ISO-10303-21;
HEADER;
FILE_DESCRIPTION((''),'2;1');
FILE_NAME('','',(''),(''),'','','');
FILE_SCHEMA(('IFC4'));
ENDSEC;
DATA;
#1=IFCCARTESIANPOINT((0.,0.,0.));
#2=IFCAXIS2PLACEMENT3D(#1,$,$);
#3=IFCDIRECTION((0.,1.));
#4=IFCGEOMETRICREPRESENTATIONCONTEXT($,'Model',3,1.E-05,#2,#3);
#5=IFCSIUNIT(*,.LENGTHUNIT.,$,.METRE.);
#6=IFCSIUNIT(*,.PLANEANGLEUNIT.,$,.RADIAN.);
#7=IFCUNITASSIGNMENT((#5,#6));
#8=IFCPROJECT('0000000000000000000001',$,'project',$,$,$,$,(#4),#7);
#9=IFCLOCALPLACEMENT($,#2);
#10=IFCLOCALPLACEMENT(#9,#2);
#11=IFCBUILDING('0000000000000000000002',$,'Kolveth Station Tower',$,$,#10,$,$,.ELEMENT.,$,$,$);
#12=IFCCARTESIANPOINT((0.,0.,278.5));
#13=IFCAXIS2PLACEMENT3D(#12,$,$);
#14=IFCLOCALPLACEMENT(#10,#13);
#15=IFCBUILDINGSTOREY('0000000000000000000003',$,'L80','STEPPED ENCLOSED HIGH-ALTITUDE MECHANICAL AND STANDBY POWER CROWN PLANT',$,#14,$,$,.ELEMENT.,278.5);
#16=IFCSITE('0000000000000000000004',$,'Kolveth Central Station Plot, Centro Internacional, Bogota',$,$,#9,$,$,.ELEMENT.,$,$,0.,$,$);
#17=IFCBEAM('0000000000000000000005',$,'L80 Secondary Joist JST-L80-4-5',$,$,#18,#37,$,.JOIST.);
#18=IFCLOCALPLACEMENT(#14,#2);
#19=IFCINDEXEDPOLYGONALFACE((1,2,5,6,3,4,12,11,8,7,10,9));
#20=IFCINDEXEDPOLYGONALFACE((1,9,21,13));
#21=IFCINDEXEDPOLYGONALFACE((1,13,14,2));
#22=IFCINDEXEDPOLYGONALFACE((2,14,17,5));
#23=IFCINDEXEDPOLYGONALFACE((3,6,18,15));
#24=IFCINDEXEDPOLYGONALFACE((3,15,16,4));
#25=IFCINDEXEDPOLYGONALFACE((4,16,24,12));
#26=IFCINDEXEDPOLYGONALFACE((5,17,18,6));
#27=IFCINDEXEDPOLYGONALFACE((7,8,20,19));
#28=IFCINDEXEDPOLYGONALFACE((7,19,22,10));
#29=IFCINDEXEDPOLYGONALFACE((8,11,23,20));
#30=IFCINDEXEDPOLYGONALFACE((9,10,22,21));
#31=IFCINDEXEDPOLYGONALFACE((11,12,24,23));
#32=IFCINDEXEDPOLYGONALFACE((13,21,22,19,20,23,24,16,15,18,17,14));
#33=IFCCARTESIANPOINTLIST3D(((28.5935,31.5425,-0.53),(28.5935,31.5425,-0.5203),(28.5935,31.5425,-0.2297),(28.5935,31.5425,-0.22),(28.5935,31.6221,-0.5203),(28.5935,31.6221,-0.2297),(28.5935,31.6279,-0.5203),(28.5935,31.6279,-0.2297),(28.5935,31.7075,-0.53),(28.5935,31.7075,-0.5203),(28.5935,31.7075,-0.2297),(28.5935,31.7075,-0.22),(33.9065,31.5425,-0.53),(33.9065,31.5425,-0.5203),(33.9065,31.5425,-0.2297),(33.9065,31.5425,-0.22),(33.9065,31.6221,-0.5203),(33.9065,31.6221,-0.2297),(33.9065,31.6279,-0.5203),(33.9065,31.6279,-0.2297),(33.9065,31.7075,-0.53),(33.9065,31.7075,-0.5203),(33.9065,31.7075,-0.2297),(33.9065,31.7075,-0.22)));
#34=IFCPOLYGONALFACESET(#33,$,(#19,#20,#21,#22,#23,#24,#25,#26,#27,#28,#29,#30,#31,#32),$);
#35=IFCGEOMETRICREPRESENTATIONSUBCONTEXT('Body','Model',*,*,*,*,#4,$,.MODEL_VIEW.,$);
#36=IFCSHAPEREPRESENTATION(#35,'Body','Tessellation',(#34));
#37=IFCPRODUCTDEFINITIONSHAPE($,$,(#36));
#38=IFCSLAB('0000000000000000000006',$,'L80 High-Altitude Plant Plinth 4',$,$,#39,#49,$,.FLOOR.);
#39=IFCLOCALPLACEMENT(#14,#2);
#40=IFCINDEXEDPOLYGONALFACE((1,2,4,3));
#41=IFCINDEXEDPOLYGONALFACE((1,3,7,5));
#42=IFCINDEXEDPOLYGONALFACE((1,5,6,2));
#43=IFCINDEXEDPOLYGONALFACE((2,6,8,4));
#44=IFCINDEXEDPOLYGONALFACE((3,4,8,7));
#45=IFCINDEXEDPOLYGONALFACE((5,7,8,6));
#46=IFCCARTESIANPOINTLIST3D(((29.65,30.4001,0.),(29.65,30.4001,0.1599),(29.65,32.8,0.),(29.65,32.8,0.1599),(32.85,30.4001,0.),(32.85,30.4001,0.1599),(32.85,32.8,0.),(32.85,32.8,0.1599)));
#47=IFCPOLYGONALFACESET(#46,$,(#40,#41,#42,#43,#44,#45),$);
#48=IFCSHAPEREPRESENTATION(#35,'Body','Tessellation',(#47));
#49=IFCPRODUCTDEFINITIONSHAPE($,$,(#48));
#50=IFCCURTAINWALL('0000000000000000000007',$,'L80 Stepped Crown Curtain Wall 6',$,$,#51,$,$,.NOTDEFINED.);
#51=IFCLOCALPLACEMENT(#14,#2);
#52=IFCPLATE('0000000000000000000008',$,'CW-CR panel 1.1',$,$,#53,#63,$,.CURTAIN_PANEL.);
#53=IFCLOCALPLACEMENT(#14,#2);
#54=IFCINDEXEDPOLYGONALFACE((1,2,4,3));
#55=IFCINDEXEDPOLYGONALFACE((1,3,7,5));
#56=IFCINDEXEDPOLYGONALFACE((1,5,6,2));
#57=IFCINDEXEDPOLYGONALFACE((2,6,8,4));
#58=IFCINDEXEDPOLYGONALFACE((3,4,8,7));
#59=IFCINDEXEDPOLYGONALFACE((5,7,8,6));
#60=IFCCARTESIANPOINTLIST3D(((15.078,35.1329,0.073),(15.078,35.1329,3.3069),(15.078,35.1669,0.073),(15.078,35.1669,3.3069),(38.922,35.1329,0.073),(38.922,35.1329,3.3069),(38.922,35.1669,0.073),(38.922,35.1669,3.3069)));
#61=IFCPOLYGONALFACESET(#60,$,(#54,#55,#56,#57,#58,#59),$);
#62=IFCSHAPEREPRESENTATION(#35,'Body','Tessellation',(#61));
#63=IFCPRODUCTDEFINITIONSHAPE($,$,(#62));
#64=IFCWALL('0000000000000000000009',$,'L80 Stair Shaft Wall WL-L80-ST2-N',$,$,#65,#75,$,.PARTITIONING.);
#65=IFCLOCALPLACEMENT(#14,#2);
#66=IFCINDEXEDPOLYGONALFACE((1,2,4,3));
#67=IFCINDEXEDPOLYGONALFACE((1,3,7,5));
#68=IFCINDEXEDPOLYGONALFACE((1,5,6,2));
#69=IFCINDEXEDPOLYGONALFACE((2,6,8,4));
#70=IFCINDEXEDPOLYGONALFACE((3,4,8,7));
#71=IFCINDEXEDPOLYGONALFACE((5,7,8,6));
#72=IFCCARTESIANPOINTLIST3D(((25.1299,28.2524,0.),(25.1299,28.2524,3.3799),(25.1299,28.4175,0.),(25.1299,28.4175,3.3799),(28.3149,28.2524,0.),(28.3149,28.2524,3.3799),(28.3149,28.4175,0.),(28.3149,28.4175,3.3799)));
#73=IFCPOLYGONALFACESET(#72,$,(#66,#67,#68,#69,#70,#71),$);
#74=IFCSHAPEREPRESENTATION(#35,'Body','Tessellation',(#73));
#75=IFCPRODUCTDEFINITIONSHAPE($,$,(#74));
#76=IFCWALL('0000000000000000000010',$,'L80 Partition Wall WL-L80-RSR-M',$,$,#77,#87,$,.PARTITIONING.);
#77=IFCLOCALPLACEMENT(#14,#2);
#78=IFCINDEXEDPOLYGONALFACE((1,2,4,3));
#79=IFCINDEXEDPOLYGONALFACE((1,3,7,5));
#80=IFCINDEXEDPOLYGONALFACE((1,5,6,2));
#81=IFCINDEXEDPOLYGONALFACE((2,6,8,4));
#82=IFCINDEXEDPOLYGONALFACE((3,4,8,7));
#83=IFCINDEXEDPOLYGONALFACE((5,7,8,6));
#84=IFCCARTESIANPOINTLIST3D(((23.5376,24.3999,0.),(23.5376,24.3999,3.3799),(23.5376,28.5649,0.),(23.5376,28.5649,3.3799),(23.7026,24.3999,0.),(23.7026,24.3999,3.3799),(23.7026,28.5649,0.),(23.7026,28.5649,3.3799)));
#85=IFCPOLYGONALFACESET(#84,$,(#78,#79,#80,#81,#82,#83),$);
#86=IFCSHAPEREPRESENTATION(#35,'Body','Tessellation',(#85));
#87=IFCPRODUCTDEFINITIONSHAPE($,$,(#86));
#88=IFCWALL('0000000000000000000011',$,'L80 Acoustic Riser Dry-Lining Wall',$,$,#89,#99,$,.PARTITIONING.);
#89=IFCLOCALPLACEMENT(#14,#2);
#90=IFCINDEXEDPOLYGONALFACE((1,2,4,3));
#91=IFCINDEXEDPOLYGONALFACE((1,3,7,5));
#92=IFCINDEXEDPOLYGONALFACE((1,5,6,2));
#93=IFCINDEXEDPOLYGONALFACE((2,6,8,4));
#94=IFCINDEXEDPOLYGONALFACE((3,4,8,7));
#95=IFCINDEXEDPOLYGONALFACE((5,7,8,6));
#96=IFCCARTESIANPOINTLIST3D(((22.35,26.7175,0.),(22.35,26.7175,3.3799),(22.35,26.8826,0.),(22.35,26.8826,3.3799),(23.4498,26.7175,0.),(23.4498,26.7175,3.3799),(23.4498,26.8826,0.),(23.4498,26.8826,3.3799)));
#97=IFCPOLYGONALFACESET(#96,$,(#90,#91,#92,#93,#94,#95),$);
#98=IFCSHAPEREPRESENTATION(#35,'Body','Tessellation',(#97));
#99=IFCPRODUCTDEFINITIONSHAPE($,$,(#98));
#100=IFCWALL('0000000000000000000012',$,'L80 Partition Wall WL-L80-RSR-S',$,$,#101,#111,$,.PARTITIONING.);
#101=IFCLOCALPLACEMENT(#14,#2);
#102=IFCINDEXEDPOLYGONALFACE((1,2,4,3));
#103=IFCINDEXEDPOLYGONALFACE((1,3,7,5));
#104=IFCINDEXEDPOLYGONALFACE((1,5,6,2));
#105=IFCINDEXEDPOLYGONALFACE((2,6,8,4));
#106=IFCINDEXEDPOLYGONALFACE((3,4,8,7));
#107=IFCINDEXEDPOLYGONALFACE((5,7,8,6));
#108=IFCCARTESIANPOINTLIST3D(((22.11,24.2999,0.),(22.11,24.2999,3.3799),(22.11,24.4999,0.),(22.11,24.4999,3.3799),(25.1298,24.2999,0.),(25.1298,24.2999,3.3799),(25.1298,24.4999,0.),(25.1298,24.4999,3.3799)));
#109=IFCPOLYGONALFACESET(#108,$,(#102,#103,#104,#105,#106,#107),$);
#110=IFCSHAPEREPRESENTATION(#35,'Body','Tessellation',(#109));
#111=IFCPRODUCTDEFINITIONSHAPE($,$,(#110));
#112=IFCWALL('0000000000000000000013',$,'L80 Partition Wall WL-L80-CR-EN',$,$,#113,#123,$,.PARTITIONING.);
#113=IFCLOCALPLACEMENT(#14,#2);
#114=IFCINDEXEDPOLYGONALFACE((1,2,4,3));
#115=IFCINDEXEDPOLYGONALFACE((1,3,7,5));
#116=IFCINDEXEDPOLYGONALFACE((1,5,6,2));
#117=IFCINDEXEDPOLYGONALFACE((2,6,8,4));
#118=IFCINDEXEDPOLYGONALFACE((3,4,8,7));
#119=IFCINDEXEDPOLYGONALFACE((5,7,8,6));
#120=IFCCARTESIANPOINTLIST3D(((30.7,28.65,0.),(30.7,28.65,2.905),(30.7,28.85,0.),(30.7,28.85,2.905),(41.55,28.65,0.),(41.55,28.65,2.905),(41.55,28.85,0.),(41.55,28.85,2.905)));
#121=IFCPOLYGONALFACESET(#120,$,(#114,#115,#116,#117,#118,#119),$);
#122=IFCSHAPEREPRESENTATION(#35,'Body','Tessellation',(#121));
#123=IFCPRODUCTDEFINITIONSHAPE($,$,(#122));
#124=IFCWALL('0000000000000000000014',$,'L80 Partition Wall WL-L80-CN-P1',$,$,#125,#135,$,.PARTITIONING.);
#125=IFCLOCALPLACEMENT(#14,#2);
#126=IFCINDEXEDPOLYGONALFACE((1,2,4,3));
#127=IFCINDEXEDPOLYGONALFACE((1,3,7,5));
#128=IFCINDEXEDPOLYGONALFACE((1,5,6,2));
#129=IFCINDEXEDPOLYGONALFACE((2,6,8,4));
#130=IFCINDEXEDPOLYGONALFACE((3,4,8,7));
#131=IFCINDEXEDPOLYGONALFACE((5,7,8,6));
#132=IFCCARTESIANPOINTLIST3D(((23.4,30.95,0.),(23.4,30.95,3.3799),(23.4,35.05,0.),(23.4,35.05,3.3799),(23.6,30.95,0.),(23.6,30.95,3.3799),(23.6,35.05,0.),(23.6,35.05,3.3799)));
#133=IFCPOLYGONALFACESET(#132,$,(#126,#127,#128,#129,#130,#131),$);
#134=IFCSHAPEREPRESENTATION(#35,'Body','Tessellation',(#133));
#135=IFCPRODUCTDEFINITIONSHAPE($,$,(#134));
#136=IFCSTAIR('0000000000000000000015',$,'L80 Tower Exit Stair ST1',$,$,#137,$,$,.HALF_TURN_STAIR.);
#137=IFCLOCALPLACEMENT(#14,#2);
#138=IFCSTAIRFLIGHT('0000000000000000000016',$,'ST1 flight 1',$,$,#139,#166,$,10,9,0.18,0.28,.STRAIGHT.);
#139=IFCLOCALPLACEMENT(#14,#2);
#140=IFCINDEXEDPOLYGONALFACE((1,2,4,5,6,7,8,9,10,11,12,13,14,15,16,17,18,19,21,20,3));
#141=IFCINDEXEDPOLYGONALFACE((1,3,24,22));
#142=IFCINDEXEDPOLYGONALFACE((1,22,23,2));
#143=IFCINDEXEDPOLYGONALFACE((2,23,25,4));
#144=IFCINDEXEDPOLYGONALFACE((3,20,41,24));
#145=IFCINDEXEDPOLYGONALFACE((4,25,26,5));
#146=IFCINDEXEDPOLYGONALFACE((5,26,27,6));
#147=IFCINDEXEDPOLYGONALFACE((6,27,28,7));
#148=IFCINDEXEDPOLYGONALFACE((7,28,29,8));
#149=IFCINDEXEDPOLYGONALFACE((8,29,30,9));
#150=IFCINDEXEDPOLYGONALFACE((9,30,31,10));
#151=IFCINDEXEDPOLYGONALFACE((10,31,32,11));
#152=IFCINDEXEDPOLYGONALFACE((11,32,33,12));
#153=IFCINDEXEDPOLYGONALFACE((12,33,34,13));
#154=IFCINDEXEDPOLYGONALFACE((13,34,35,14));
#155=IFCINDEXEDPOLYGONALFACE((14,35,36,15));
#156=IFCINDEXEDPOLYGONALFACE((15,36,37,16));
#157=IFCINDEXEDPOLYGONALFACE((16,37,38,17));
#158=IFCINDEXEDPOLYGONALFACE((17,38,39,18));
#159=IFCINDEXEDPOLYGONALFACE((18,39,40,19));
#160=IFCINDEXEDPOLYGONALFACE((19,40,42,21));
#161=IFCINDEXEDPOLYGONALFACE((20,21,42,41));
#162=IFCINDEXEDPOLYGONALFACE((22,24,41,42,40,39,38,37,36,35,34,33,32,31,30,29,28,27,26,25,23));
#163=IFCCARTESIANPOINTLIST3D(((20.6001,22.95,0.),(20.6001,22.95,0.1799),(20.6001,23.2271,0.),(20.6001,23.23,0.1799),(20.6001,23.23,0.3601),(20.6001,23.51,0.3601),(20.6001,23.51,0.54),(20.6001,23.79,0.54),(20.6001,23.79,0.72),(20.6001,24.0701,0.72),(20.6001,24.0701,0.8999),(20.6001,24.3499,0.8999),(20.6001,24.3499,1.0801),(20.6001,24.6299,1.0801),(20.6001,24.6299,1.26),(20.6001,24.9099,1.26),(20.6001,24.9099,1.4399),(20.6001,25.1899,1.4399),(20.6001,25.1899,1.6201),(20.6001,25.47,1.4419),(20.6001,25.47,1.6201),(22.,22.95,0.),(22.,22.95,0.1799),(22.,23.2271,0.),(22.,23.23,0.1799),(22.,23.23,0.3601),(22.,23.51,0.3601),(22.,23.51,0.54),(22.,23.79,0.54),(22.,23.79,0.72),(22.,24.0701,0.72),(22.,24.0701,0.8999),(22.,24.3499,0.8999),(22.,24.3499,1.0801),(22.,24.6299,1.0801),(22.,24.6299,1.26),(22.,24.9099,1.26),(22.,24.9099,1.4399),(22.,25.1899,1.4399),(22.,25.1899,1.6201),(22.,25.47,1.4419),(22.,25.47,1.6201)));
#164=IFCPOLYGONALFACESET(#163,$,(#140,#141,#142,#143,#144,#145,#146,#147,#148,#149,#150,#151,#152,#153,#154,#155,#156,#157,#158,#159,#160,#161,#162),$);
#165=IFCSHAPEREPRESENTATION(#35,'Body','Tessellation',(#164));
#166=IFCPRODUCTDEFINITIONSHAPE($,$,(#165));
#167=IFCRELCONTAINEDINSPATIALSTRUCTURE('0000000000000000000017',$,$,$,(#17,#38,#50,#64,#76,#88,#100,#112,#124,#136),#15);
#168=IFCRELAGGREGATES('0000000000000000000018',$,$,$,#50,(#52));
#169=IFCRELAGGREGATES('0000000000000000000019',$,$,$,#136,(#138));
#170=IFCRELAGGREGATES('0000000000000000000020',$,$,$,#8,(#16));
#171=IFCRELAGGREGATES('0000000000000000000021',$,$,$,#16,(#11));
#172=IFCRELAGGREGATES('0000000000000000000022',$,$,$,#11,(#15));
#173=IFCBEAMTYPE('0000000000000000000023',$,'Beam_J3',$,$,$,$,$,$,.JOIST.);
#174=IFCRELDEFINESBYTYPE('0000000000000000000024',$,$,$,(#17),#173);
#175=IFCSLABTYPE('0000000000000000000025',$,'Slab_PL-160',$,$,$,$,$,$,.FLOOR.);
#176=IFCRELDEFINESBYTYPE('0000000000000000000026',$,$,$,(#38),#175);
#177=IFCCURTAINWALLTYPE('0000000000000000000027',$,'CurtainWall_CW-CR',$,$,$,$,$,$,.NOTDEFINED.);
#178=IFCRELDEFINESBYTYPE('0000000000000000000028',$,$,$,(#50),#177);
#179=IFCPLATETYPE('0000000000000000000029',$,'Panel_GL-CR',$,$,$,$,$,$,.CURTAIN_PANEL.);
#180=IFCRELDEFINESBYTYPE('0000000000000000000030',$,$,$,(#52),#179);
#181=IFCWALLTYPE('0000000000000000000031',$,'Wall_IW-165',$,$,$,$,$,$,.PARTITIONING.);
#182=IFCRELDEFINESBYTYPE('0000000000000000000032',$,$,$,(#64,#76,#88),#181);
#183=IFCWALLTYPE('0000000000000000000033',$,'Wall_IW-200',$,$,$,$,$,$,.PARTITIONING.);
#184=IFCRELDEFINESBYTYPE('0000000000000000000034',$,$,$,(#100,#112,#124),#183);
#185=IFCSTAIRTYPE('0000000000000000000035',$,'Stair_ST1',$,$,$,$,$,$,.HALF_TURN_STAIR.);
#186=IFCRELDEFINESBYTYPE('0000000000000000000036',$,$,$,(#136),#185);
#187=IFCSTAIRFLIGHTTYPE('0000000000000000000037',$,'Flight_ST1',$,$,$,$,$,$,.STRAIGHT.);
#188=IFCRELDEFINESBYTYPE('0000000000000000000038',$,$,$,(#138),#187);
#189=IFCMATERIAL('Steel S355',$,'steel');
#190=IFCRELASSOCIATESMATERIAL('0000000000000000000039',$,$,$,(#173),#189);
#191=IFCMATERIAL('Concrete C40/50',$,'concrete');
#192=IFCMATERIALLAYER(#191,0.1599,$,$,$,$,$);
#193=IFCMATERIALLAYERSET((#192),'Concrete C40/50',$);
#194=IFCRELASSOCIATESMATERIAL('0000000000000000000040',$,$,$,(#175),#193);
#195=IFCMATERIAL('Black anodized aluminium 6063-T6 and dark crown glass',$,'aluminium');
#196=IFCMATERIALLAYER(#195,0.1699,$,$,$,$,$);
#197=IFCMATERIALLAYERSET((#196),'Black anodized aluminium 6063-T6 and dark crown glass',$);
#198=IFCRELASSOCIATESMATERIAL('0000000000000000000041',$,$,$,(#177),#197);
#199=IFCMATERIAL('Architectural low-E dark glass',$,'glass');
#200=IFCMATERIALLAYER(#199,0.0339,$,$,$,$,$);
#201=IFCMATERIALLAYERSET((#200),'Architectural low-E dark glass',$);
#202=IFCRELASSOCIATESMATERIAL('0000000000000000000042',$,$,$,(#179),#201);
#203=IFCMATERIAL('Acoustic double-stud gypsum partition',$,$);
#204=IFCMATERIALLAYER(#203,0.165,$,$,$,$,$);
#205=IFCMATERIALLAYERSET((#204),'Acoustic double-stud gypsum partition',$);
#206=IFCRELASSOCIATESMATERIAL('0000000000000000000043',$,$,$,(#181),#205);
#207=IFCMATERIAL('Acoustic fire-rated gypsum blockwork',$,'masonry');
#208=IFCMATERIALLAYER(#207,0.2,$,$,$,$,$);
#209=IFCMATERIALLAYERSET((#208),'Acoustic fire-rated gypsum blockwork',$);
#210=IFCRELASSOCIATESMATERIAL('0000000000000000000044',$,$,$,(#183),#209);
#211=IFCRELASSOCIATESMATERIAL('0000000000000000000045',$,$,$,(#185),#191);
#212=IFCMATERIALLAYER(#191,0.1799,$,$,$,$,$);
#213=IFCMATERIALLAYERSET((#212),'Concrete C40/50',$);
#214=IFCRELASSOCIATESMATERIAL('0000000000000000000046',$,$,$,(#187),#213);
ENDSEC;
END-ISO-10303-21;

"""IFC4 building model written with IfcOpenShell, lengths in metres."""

from ifc_helpers import new_model, si_unit, direction, frame, frame_2d, origin, origin_2d, place, context, subcontext, project, spatial, polyline, rectangle, i_section, outline, extrude, source, transform, mapped, material, layer, layer_set, material_profile, profile_set, type_object, element, aggregate, save


model = new_model("IFC4")

# Units and contexts
model_context = context("Model", 3, precision=1e-05, world=origin(), true_north=direction((0.0, 1.0)))
body_context = subcontext(model_context, "Body", "Model", "MODEL_VIEW")
ifc_project = project(units=[si_unit("LENGTHUNIT", "METRE"), si_unit("PLANEANGLEUNIT", "RADIAN")], contexts=[model_context])

# Site, building, storey
site_placement = place(None, origin())
site = spatial("IfcSite", under=ifc_project, at=site_placement, Name="Kolveth Central Station Plot, Centro Internacional, Bogota", CompositionType="ELEMENT", RefElevation=0.0)
building_placement = place(site_placement, origin())
building = spatial("IfcBuilding", under=site, at=building_placement, Name="Kolveth Station Tower", CompositionType="ELEMENT")
storey_placement = place(building_placement, frame((0.0, 0.0, 278.5)))
storey = spatial("IfcBuildingStorey", under=building, at=storey_placement, Name="L80", Description="STEPPED ENCLOSED HIGH-ALTITUDE MECHANICAL AND STANDBY POWER CROWN PLANT", CompositionType="ELEMENT", Elevation=278.5)

# Shared definitions
ifc_material_1 = material(Name="Steel S355", Category="steel")

# Beam
ifc_material_profile_1 = material_profile(ifc_material_1, i_section(OverallWidth=0.165, OverallDepth=0.3101, WebThickness=0.0059, FlangeThickness=0.0098, at=origin_2d()), Name="W310x39")
ifc_profile_set_1 = profile_set([ifc_material_profile_1], Name="Steel S355")
beam_type_1 = type_object("IfcBeamType", Name="Beam_J3", PredefinedType="JOIST", material=ifc_profile_set_1)
shared_shape_1 = source(origin(), body_context, "Body", "SweptSolid", [
    extrude(i_section(OverallWidth=0.165, OverallDepth=0.3101, WebThickness=0.0059, FlangeThickness=0.0098, at=origin_2d()), origin(), (0.0, 0.0, 1.0), 5.313),
])
for number, where, z_axis, x_axis, name in (
    (1, (28.5935, 31.625, -0.375), (1.0, 0.0, 0.0), (0.0, 1.0, 0.0), "L80 Secondary Joist JST-L80-4-5"),
):
    element("IfcBeam", number, at=place(storey_placement, frame(where, z_axis=z_axis, x_axis=x_axis)), inside=storey, type_object=beam_type_1, Name=name, PredefinedType="JOIST", context=body_context, shape_type="MappedRepresentation", body=[
        mapped(shared_shape_1, transform((0.0, 0.0, 0.0), x_axis=(1.0, 0.0, 0.0), y_axis=(0.0, 1.0, 0.0), z_axis=(0.0, 0.0, 1.0), scale=1.0)),
    ])

# Slab
ifc_material_2 = material(Name="Concrete C40/50", Category="concrete")
ifc_layer_1 = layer(ifc_material_2, 0.1599)
ifc_layer_set_1 = layer_set([ifc_layer_1], Name="Concrete C40/50")
slab_type = type_object("IfcSlabType", Name="Slab_PL-160", PredefinedType="FLOOR", material=ifc_layer_set_1)
shared_shape_2 = source(origin(), body_context, "Body", "SweptSolid", [
    extrude(rectangle(XDim=3.2, YDim=2.3999, at=origin_2d()), origin(), (0.0, 0.0, 1.0), 0.1599),
])
slab_placement = place(storey_placement, frame((31.25, 31.6001, 0.0), z_axis=(0.0, 0.0, 1.0), x_axis=(1.0, 0.0, 0.0)))
element("IfcSlab", 2, at=slab_placement, inside=storey, type_object=slab_type, Name="L80 High-Altitude Plant Plinth 4", PredefinedType="FLOOR", context=body_context, shape_type="MappedRepresentation", body=[
    mapped(shared_shape_2, transform((0.0, 0.0, 0.0), x_axis=(1.0, 0.0, 0.0), y_axis=(0.0, 1.0, 0.0), z_axis=(0.0, 0.0, 1.0), scale=1.0)),
])

# Curtain wall, plate
ifc_material_3 = material(Name="Black anodized aluminium 6063-T6 and dark crown glass", Category="aluminium")
ifc_layer_2 = layer(ifc_material_3, 0.1699)
ifc_layer_set_2 = layer_set([ifc_layer_2], Name="Black anodized aluminium 6063-T6 and dark crown glass")
curtain_wall_type = type_object("IfcCurtainWallType", Name="CurtainWall_CW-CR", PredefinedType="NOTDEFINED", material=ifc_layer_set_2)
curtain_wall_placement = place(storey_placement, origin())
curtain_wall = element("IfcCurtainWall", 3, at=curtain_wall_placement, inside=storey, type_object=curtain_wall_type, Name="L80 Stepped Crown Curtain Wall 6", PredefinedType="NOTDEFINED")
ifc_material_4 = material(Name="Architectural low-E dark glass", Category="glass")
ifc_layer_3 = layer(ifc_material_4, 0.0339)
ifc_layer_set_3 = layer_set([ifc_layer_3], Name="Architectural low-E dark glass")
plate_type = type_object("IfcPlateType", Name="Panel_GL-CR", PredefinedType="CURTAIN_PANEL", material=ifc_layer_set_3)
shared_shape_3 = source(origin(), body_context, "Body", "SweptSolid", [
    extrude(rectangle(XDim=23.844, YDim=0.0339, at=origin_2d()), origin(), (0.0, 0.0, 1.0), 3.2339),
])
plate_placement = place(storey_placement, frame((27.0, 35.1499, 0.073), z_axis=(0.0, 0.0, 1.0), x_axis=(-1.0, 0.0, 0.0)))
plate = element("IfcPlate", 4, at=plate_placement, type_object=plate_type, Name="CW-CR panel 1.1", PredefinedType="CURTAIN_PANEL", context=body_context, shape_type="MappedRepresentation", body=[
    mapped(shared_shape_3, transform((0.0, 0.0, 0.0), x_axis=(1.0, 0.0, 0.0), y_axis=(0.0, 1.0, 0.0), z_axis=(0.0, 0.0, 1.0), scale=1.0)),
])
aggregate(curtain_wall, [plate])

# Walls
ifc_material_5 = material(Name="Acoustic double-stud gypsum partition")
ifc_layer_4 = layer(ifc_material_5, 0.165)
ifc_layer_set_4 = layer_set([ifc_layer_4], Name="Acoustic double-stud gypsum partition")
wall_type_1 = type_object("IfcWallType", Name="Wall_IW-165", PredefinedType="PARTITIONING", material=ifc_layer_set_4)
wall_1_placement = place(storey_placement, frame((25.1299, 28.335, 0.0), z_axis=(0.0, 0.0, 1.0), x_axis=(1.0, 0.0, 0.0)))
element("IfcWall", 5, at=wall_1_placement, inside=storey, type_object=wall_type_1, Name="L80 Stair Shaft Wall WL-L80-ST2-N", PredefinedType="PARTITIONING", context=body_context, shape_type="SweptSolid", body=[
    extrude(rectangle(XDim=3.1851, YDim=0.165, at=frame_2d((1.5925, 0.0))), origin(), (0.0, 0.0, 1.0), 3.3799),
])
wall_2_placement = place(storey_placement, frame((23.6201, 24.3999, 0.0), z_axis=(0.0, 0.0, 1.0), x_axis=(0.0, 1.0, 0.0)))
element("IfcWall", 6, at=wall_2_placement, inside=storey, type_object=wall_type_1, Name="L80 Partition Wall WL-L80-RSR-M", PredefinedType="PARTITIONING", context=body_context, shape_type="SweptSolid", body=[
    extrude(rectangle(XDim=4.165, YDim=0.165, at=frame_2d((2.0825, 0.0))), origin(), (0.0, 0.0, 1.0), 3.3799),
])
wall_3_placement = place(storey_placement, frame((22.3501, 26.8, 0.0), z_axis=(0.0, 0.0, 1.0), x_axis=(1.0, 0.0, 0.0)))
element("IfcWall", 7, at=wall_3_placement, inside=storey, type_object=wall_type_1, Name="L80 Acoustic Riser Dry-Lining Wall", PredefinedType="PARTITIONING", context=body_context, shape_type="SweptSolid", body=[
    extrude(rectangle(XDim=1.0999, YDim=0.165, at=frame_2d((0.5498, 0.0))), origin(), (0.0, 0.0, 1.0), 3.3799),
])
ifc_material_6 = material(Name="Acoustic fire-rated gypsum blockwork", Category="masonry")
ifc_layer_5 = layer(ifc_material_6, 0.2)
ifc_layer_set_5 = layer_set([ifc_layer_5], Name="Acoustic fire-rated gypsum blockwork")
wall_type_2 = type_object("IfcWallType", Name="Wall_IW-200", PredefinedType="PARTITIONING", material=ifc_layer_set_5)
wall_4_placement = place(storey_placement, frame((22.1101, 24.3999, 0.0), z_axis=(0.0, 0.0, 1.0), x_axis=(1.0, 0.0, 0.0)))
element("IfcWall", 8, at=wall_4_placement, inside=storey, type_object=wall_type_2, Name="L80 Partition Wall WL-L80-RSR-S", PredefinedType="PARTITIONING", context=body_context, shape_type="SweptSolid", body=[
    extrude(rectangle(XDim=3.0198, YDim=0.2, at=frame_2d((1.5098, 0.0))), origin(), (0.0, 0.0, 1.0), 3.3799),
])
wall_5_placement = place(storey_placement, frame((30.7, 28.75, 0.0), z_axis=(0.0, 0.0, 1.0), x_axis=(1.0, 0.0, 0.0)))
element("IfcWall", 9, at=wall_5_placement, inside=storey, type_object=wall_type_2, Name="L80 Partition Wall WL-L80-CR-EN", PredefinedType="PARTITIONING", context=body_context, shape_type="SweptSolid", body=[
    extrude(rectangle(XDim=10.8501, YDim=0.2, at=frame_2d((5.425, 0.0))), origin(), (0.0, 0.0, 1.0), 2.905),
])
wall_6_placement = place(storey_placement, frame((23.5, 30.95, 0.0), z_axis=(0.0, 0.0, 1.0), x_axis=(0.0, 1.0, 0.0)))
element("IfcWall", 10, at=wall_6_placement, inside=storey, type_object=wall_type_2, Name="L80 Partition Wall WL-L80-CN-P1", PredefinedType="PARTITIONING", context=body_context, shape_type="SweptSolid", body=[
    extrude(rectangle(XDim=4.1001, YDim=0.2, at=frame_2d((2.05, 0.0))), origin(), (0.0, 0.0, 1.0), 3.3799),
])

# Stair, stair flight
stair_type_1 = type_object("IfcStairType", Name="Stair_ST1", PredefinedType="HALF_TURN_STAIR", material=ifc_material_2)
stair_1_placement = place(storey_placement, origin())
stair_1 = element("IfcStair", 11, at=stair_1_placement, inside=storey, type_object=stair_type_1, Name="L80 Tower Exit Stair ST1", PredefinedType="HALF_TURN_STAIR")
ifc_layer_6 = layer(ifc_material_2, 0.1799)
ifc_layer_set_6 = layer_set([ifc_layer_6], Name="Concrete C40/50")
stair_flight_type_1 = type_object("IfcStairFlightType", Name="Flight_ST1", PredefinedType="STRAIGHT", material=ifc_layer_set_6)
stair_flight_1_placement = place(storey_placement, frame((21.3, 22.95, 0.0), z_axis=(0.0, 0.0, 1.0), x_axis=(0.0, 1.0, 0.0)))
stair_flight_1 = element("IfcStairFlight", 12, at=stair_flight_1_placement, type_object=stair_flight_type_1, Name="ST1 flight 1", NumberOfRisers=10, NumberOfTreads=9, PredefinedType="STRAIGHT", RiserHeight=0.18, TreadLength=0.28, context=body_context, shape_type="SweptSolid", body=[
    extrude(outline(polyline([(0.0, 0.0), (0.0, 0.1799), (0.28, 0.1799), (0.28, 0.3601), (0.5601, 0.3601), (0.5601, 0.54), (0.8401, 0.54), (0.8401, 0.72), (1.1201, 0.72), (1.1201, 0.8999), (1.3999, 0.8999), (1.3999, 1.0801), (1.6799, 1.0801), (1.6799, 1.26), (1.96, 1.26), (1.96, 1.4399), (2.24, 1.4399), (2.24, 1.6201), (2.52, 1.6201), (2.52, 1.8), (2.52, 1.4419), (0.2771, 0.0), (0.0, 0.0)])), frame((0.0, 0.7, 0.0), z_axis=(0.0, -1.0, 0.0), x_axis=(1.0, 0.0, 0.0)), (0.0, 0.0, 1.0), 1.3999),
])
aggregate(stair_1, [stair_flight_1])

save(model, "model.ifc")
